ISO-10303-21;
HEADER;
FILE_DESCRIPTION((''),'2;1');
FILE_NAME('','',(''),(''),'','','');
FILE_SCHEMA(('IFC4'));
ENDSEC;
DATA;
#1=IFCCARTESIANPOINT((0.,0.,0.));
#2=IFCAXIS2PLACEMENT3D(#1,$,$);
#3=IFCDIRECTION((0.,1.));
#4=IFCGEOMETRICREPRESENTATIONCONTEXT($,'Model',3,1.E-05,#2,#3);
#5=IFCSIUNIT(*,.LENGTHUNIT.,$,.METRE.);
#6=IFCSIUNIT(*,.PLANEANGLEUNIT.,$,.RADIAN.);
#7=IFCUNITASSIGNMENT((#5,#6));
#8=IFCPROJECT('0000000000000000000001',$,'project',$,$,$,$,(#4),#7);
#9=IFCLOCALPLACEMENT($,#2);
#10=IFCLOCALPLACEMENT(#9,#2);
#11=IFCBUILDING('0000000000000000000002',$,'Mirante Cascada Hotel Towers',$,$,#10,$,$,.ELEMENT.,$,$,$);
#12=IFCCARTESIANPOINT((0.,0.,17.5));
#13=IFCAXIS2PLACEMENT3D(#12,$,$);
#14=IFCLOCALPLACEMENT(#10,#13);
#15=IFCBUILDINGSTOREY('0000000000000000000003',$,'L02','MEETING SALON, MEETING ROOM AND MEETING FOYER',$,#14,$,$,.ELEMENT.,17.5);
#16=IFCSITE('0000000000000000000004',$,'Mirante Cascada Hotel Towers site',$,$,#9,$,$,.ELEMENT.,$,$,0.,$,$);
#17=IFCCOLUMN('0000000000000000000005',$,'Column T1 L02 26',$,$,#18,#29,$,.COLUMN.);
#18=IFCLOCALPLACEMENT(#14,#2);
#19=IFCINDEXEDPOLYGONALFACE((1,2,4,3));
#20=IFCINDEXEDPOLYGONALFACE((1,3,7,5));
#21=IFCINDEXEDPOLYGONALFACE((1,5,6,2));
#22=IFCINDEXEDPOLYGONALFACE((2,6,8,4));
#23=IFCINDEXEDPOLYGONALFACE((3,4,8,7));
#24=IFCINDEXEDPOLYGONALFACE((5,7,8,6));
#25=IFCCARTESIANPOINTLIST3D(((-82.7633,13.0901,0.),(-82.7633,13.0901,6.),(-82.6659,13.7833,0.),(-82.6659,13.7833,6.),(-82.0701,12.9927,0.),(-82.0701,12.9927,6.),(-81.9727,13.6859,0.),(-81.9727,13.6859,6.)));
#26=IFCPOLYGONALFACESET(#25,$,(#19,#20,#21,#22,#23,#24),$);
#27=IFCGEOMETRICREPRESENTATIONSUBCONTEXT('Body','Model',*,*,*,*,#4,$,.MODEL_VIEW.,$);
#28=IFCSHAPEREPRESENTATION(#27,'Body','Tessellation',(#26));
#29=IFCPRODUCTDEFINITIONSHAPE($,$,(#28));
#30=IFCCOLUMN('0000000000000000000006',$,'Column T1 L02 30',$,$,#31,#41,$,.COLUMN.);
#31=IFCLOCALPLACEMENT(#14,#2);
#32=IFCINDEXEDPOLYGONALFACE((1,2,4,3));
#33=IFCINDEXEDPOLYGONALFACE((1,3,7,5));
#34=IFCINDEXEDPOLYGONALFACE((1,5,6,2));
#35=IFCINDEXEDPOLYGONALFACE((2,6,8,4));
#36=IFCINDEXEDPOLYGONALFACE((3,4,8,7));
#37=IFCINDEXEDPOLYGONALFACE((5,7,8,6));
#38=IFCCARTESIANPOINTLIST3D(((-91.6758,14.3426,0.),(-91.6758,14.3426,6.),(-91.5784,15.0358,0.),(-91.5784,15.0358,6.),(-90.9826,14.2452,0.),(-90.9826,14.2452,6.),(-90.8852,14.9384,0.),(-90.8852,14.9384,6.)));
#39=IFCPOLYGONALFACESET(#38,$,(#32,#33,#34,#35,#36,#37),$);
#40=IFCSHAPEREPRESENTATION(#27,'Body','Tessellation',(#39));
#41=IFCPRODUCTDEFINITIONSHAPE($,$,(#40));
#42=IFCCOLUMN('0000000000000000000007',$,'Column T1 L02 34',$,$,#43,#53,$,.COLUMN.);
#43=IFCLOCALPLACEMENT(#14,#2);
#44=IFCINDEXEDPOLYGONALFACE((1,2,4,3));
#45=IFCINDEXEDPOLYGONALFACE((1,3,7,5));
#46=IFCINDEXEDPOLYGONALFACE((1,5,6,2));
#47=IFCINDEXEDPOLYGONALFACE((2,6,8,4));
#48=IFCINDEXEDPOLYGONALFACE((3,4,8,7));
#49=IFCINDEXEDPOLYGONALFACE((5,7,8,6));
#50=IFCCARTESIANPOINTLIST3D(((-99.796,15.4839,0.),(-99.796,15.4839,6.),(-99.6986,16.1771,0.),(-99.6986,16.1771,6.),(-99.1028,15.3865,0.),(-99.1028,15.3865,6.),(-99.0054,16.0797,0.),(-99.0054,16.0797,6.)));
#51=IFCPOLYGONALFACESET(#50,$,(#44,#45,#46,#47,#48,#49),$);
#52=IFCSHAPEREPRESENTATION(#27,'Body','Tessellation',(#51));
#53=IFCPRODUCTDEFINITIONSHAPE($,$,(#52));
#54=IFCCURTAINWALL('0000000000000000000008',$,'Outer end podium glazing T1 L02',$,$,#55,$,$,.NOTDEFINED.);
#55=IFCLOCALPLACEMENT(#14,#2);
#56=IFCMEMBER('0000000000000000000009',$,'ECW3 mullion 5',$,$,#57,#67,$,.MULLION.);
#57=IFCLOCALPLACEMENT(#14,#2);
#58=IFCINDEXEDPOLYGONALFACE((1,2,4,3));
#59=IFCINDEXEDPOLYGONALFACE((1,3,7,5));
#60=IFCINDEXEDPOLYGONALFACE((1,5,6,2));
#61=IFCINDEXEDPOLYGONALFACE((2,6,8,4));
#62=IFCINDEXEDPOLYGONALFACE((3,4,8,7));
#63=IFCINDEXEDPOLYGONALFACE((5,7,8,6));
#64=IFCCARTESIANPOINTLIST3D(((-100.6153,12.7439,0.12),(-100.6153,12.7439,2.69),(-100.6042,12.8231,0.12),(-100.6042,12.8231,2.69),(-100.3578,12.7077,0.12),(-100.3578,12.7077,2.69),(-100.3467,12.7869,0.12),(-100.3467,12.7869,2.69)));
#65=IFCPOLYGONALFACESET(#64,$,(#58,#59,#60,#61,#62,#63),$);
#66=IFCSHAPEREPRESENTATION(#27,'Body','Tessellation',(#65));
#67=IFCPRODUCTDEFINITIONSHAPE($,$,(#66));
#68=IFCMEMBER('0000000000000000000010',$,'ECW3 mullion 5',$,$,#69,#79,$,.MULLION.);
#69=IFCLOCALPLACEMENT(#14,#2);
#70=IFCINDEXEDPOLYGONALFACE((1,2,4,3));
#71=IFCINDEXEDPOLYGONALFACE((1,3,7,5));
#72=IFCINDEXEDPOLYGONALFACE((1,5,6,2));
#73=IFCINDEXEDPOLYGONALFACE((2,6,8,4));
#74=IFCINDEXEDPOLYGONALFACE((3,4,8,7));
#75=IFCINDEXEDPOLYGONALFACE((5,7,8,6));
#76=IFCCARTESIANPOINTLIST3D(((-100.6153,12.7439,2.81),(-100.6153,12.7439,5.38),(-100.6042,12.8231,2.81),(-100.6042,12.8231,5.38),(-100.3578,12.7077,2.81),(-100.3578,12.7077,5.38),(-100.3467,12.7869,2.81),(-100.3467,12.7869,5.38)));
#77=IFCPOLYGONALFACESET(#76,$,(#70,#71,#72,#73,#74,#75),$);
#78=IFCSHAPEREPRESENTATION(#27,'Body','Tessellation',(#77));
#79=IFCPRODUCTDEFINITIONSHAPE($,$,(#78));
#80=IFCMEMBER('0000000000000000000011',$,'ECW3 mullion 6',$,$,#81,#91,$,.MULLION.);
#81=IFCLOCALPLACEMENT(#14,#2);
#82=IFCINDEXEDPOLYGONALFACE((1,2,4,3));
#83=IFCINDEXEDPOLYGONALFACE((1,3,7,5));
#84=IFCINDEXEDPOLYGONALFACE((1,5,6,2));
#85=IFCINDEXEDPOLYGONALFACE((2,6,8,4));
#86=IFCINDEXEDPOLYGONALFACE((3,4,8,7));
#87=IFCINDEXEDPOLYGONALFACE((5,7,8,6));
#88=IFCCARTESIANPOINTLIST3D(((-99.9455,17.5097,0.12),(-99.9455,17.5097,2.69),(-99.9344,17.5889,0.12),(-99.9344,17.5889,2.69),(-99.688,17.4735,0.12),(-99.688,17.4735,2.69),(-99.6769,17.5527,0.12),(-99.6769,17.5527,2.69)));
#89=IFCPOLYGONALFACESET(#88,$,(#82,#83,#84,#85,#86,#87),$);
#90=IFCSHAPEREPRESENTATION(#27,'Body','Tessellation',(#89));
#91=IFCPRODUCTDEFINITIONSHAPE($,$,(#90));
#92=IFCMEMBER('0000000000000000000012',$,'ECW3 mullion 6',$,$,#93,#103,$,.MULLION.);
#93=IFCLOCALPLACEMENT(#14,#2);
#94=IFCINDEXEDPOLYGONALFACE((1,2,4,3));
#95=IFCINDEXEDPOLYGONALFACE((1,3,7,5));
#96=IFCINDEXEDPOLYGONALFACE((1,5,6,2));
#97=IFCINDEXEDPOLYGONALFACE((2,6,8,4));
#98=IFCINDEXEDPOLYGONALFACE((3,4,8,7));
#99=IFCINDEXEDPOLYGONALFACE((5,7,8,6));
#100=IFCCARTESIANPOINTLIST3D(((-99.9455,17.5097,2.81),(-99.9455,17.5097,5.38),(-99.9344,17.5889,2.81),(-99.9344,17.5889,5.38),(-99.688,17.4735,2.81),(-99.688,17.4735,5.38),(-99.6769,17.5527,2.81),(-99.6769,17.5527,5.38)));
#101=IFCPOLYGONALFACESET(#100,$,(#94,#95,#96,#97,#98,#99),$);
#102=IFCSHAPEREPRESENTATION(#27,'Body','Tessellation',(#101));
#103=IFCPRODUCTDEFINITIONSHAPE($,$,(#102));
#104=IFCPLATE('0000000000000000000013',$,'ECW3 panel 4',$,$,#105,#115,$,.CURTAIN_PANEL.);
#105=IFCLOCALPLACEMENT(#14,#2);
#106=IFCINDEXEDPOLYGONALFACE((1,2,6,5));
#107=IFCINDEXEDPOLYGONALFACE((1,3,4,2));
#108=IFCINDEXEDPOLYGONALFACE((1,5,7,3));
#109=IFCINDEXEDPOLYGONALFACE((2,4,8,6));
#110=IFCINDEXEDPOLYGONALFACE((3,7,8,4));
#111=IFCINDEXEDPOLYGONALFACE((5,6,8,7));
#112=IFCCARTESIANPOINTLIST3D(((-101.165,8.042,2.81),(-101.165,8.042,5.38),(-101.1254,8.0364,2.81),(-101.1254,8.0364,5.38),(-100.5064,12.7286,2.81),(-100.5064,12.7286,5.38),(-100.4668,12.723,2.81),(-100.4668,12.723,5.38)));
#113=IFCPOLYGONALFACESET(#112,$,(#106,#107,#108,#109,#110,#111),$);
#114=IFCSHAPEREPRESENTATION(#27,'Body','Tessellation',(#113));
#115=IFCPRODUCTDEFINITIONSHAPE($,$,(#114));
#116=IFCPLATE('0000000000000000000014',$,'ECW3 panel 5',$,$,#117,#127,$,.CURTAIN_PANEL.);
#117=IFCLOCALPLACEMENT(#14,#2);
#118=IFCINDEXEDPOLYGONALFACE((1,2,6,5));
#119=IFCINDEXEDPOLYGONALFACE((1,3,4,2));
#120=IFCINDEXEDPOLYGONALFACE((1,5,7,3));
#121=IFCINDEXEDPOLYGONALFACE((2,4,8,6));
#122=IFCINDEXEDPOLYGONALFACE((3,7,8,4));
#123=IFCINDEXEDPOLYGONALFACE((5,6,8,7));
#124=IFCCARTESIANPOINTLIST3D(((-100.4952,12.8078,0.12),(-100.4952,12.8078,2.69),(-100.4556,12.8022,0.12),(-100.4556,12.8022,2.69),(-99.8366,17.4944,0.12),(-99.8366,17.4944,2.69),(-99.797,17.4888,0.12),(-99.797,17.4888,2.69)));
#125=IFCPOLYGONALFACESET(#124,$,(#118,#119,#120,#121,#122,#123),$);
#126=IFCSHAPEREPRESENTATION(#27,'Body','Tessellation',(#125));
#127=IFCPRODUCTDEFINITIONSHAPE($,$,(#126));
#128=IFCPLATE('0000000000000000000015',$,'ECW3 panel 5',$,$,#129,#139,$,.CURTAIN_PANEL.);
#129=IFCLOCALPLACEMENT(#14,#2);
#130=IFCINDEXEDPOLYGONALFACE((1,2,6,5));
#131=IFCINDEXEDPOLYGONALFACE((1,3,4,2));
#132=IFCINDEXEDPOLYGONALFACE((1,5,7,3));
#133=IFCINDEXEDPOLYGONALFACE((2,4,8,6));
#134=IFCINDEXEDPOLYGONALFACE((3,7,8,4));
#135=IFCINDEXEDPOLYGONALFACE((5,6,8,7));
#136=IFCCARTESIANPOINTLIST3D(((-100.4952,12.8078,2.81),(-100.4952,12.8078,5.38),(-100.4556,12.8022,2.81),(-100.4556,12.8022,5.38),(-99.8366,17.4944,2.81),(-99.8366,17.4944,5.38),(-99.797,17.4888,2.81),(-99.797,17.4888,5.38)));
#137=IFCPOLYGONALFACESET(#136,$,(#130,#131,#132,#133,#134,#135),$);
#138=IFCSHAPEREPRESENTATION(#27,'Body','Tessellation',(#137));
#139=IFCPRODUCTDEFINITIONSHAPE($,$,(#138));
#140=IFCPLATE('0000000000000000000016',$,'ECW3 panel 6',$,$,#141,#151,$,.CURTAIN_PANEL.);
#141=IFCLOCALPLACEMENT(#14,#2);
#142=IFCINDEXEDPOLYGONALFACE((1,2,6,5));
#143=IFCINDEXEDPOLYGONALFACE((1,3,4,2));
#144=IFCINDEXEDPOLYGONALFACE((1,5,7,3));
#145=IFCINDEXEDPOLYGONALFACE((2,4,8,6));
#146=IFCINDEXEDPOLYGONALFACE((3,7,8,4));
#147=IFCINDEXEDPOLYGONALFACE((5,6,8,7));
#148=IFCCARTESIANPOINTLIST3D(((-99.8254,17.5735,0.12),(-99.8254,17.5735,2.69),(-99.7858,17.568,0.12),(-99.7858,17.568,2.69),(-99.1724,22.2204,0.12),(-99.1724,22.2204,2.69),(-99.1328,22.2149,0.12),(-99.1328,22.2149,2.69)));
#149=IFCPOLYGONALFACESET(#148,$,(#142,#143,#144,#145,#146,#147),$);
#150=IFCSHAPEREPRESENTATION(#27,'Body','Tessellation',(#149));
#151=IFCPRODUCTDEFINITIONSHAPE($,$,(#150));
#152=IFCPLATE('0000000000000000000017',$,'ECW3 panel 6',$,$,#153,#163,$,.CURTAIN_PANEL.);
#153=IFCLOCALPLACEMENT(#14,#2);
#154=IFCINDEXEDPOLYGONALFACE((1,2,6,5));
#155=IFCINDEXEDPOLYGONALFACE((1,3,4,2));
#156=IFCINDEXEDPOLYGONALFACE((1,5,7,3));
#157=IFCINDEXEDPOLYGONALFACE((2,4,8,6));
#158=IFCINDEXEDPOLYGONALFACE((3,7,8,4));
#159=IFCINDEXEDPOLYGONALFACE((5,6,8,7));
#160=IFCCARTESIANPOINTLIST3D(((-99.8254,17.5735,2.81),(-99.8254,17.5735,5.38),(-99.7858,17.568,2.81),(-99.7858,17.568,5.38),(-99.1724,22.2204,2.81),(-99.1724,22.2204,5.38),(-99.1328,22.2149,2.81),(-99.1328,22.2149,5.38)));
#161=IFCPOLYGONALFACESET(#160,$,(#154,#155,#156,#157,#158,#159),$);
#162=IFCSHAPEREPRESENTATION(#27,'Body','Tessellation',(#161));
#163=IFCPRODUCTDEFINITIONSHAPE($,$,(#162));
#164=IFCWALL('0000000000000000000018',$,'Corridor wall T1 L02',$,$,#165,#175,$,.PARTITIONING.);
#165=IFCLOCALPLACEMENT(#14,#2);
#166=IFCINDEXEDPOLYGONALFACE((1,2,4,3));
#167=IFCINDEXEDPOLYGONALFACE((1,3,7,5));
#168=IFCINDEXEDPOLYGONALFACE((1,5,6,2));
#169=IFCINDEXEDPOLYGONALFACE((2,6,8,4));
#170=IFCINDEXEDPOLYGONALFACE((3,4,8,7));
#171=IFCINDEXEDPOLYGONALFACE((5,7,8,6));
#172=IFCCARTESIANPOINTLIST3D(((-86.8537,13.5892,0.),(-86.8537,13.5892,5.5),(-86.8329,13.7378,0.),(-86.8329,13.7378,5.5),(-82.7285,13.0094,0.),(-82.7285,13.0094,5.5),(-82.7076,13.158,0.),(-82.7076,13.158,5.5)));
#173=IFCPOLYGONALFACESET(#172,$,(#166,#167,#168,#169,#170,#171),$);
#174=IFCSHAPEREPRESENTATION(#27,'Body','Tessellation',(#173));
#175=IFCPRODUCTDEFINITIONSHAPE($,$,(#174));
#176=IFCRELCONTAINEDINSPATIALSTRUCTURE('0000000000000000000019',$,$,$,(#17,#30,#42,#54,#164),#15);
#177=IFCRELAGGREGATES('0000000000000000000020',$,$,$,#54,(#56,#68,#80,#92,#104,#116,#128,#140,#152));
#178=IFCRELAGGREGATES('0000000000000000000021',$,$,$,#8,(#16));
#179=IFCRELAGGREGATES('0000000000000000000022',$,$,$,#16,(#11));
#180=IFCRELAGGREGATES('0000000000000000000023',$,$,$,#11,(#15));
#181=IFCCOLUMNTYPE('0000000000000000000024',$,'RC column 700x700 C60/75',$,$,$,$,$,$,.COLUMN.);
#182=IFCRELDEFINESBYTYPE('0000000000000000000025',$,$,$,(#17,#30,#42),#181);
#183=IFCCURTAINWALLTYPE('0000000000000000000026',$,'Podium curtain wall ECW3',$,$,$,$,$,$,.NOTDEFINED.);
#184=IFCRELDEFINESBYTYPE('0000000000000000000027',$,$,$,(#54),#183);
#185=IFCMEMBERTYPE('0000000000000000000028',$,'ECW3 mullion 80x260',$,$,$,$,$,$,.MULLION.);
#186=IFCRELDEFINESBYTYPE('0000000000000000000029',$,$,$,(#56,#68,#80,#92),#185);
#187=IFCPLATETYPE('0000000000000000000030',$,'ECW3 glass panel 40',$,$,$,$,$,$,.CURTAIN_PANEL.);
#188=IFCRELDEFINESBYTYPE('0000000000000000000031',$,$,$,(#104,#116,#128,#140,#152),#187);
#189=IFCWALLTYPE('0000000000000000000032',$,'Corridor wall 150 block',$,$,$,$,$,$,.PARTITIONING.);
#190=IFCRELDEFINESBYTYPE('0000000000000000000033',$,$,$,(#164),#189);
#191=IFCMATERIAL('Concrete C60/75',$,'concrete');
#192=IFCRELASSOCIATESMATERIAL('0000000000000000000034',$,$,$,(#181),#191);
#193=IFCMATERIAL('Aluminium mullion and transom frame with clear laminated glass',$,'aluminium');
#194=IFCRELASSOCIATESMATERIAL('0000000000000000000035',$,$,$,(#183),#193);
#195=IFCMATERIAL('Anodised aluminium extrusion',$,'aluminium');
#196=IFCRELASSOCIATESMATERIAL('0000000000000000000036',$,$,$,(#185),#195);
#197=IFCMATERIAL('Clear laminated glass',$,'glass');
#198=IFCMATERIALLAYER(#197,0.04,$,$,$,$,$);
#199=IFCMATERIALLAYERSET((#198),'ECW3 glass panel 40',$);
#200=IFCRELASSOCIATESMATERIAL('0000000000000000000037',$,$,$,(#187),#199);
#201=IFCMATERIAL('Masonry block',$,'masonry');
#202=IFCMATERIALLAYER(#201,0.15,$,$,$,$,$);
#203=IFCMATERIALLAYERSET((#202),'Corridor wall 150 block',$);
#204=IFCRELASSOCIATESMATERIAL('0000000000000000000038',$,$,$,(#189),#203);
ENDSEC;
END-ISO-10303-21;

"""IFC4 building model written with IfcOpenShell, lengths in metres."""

from ifc_helpers import new_model, si_unit, direction, frame, frame_2d, origin, origin_2d, place, context, subcontext, project, spatial, rectangle, extrude, material, layer, layer_set, material_profile, profile_set, type_object, element, aggregate, save


model = new_model("IFC4")

# Units and contexts
model_context = context("Model", 3, precision=1e-05, world=origin(), true_north=direction((0.0, 1.0)))
body_context = subcontext(model_context, "Body", "Model", "MODEL_VIEW")
ifc_project = project(units=[si_unit("LENGTHUNIT", "METRE"), si_unit("PLANEANGLEUNIT", "RADIAN")], contexts=[model_context])

# Site, building, storey
site_placement = place(None, origin())
site = spatial("IfcSite", under=ifc_project, at=site_placement, Name="Mirante Cascada Hotel Towers site", CompositionType="ELEMENT", RefElevation=0.0)
building_placement = place(site_placement, origin())
building = spatial("IfcBuilding", under=site, at=building_placement, Name="Mirante Cascada Hotel Towers", CompositionType="ELEMENT")
storey_placement = place(building_placement, frame((0.0, 0.0, 17.5)))
storey = spatial("IfcBuildingStorey", under=building, at=storey_placement, Name="L02", Description="MEETING SALON, MEETING ROOM AND MEETING FOYER", CompositionType="ELEMENT", Elevation=17.5)

# Columns
ifc_material_1 = material(Name="Concrete C60/75", Category="concrete")
ifc_material_profile_1 = material_profile(ifc_material_1, rectangle(XDim=0.7, YDim=0.7, at=origin_2d()), Name="RC column 700x700 C60/75")
ifc_profile_set_1 = profile_set([ifc_material_profile_1], Name="Concrete C60/75")
column_type = type_object("IfcColumnType", Name="RC column 700x700 C60/75", PredefinedType="COLUMN", material=ifc_profile_set_1)
for number, where, z_axis, x_axis, name in (
    (1, (-82.368, 13.388, 0.0), (0.0, 0.0, 1.0), (-0.990268, 0.139173, 0.0), "Column T1 L02 26"),
    (2, (-91.2805, 14.6405, 0.0), (0.0, 0.0, 1.0), (-0.990268, 0.139173, 0.0), "Column T1 L02 30"),
    (3, (-99.4007, 15.7818, 0.0), (0.0, 0.0, 1.0), (-0.990268, 0.139173, 0.0), "Column T1 L02 34"),
):
    element("IfcColumn", number, at=place(storey_placement, frame(where, z_axis=z_axis, x_axis=x_axis)), inside=storey, type_object=column_type, Name=name, PredefinedType="COLUMN", context=body_context, shape_type="SweptSolid", body=[
        extrude(rectangle(XDim=0.7, YDim=0.7, at=origin_2d()), origin(), (0.0, 0.0, 1.0), 6.0),
    ])

# Curtain wall, members, plates
ifc_material_2 = material(Name="Aluminium mullion and transom frame with clear laminated glass", Category="aluminium")
curtain_wall_type = type_object("IfcCurtainWallType", Name="Podium curtain wall ECW3", PredefinedType="NOTDEFINED", material=ifc_material_2)
curtain_wall_placement = place(storey_placement, origin())
curtain_wall = element("IfcCurtainWall", 4, at=curtain_wall_placement, inside=storey, type_object=curtain_wall_type, Name="Outer end podium glazing T1 L02", PredefinedType="NOTDEFINED")
ifc_material_3 = material(Name="Anodised aluminium extrusion", Category="aluminium")
ifc_material_profile_2 = material_profile(ifc_material_3, rectangle(XDim=0.26, YDim=0.08, at=origin_2d()), Name="ECW3 MULLION 80x260")
ifc_profile_set_2 = profile_set([ifc_material_profile_2], Name="Anodised aluminium extrusion")
member_type = type_object("IfcMemberType", Name="ECW3 mullion 80x260", PredefinedType="MULLION", material=ifc_profile_set_2)
member_1_placement = place(storey_placement, frame((-100.481, 12.7654, 0.12), z_axis=(0.0, 0.0, 1.0), x_axis=(-0.990268, 0.139173, 0.0)))
member_1 = element("IfcMember", 5, at=member_1_placement, type_object=member_type, Name="ECW3 mullion 5", PredefinedType="MULLION", context=body_context, shape_type="SweptSolid", body=[
    extrude(rectangle(XDim=0.26, YDim=0.08, at=origin_2d()), origin(), (0.0, 0.0, 1.0), 2.57),
])
member_2_placement = place(storey_placement, frame((-100.481, 12.7654, 2.81), z_axis=(0.0, 0.0, 1.0), x_axis=(-0.990268, 0.139173, 0.0)))
member_2 = element("IfcMember", 6, at=member_2_placement, type_object=member_type, Name="ECW3 mullion 5", PredefinedType="MULLION", context=body_context, shape_type="SweptSolid", body=[
    extrude(rectangle(XDim=0.26, YDim=0.08, at=origin_2d()), origin(), (0.0, 0.0, 1.0), 2.57),
])
member_3_placement = place(storey_placement, frame((-99.8112, 17.5312, 0.12), z_axis=(0.0, 0.0, 1.0), x_axis=(-0.990268, 0.139173, 0.0)))
member_3 = element("IfcMember", 7, at=member_3_placement, type_object=member_type, Name="ECW3 mullion 6", PredefinedType="MULLION", context=body_context, shape_type="SweptSolid", body=[
    extrude(rectangle(XDim=0.26, YDim=0.08, at=origin_2d()), origin(), (0.0, 0.0, 1.0), 2.57),
])
member_4_placement = place(storey_placement, frame((-99.8112, 17.5312, 2.81), z_axis=(0.0, 0.0, 1.0), x_axis=(-0.990268, 0.139173, 0.0)))
member_4 = element("IfcMember", 8, at=member_4_placement, type_object=member_type, Name="ECW3 mullion 6", PredefinedType="MULLION", context=body_context, shape_type="SweptSolid", body=[
    extrude(rectangle(XDim=0.26, YDim=0.08, at=origin_2d()), origin(), (0.0, 0.0, 1.0), 2.57),
])
ifc_material_4 = material(Name="Clear laminated glass", Category="glass")
ifc_layer_1 = layer(ifc_material_4, 0.04)
ifc_layer_set_1 = layer_set([ifc_layer_1], Name="ECW3 glass panel 40")
plate_type = type_object("IfcPlateType", Name="ECW3 glass panel 40", PredefinedType="CURTAIN_PANEL", material=ifc_layer_set_1)
plate_1_placement = place(storey_placement, frame((-100.8159, 10.3825, 2.81), z_axis=(0.0, 0.0, 1.0), x_axis=(0.139173, 0.990268, 0.0)))
plate_1 = element("IfcPlate", 9, at=plate_1_placement, type_object=plate_type, Name="ECW3 panel 4", PredefinedType="CURTAIN_PANEL", context=body_context, shape_type="SweptSolid", body=[
    extrude(rectangle(XDim=4.7326, YDim=0.04, at=origin_2d()), origin(), (0.0, 0.0, 1.0), 2.57),
])
plate_2_placement = place(storey_placement, frame((-100.1461, 15.1483, 0.12), z_axis=(0.0, 0.0, 1.0), x_axis=(0.139173, 0.990268, 0.0)))
plate_2 = element("IfcPlate", 10, at=plate_2_placement, type_object=plate_type, Name="ECW3 panel 5", PredefinedType="CURTAIN_PANEL", context=body_context, shape_type="SweptSolid", body=[
    extrude(rectangle(XDim=4.7326, YDim=0.04, at=origin_2d()), origin(), (0.0, 0.0, 1.0), 2.57),
])
plate_3_placement = place(storey_placement, frame((-100.1461, 15.1483, 2.81), z_axis=(0.0, 0.0, 1.0), x_axis=(0.139173, 0.990268, 0.0)))
plate_3 = element("IfcPlate", 11, at=plate_3_placement, type_object=plate_type, Name="ECW3 panel 5", PredefinedType="CURTAIN_PANEL", context=body_context, shape_type="SweptSolid", body=[
    extrude(rectangle(XDim=4.7326, YDim=0.04, at=origin_2d()), origin(), (0.0, 0.0, 1.0), 2.57),
])
plate_4_placement = place(storey_placement, frame((-99.4791, 19.8942, 0.12), z_axis=(0.0, 0.0, 1.0), x_axis=(0.139173, 0.990268, 0.0)))
plate_4 = element("IfcPlate", 12, at=plate_4_placement, type_object=plate_type, Name="ECW3 panel 6", PredefinedType="CURTAIN_PANEL", context=body_context, shape_type="SweptSolid", body=[
    extrude(rectangle(XDim=4.6926, YDim=0.04, at=origin_2d()), origin(), (0.0, 0.0, 1.0), 2.57),
])
plate_5_placement = place(storey_placement, frame((-99.4791, 19.8942, 2.81), z_axis=(0.0, 0.0, 1.0), x_axis=(0.139173, 0.990268, 0.0)))
plate_5 = element("IfcPlate", 13, at=plate_5_placement, type_object=plate_type, Name="ECW3 panel 6", PredefinedType="CURTAIN_PANEL", context=body_context, shape_type="SweptSolid", body=[
    extrude(rectangle(XDim=4.6926, YDim=0.04, at=origin_2d()), origin(), (0.0, 0.0, 1.0), 2.57),
])
aggregate(curtain_wall, [member_1, member_2, member_3, member_4, plate_1, plate_2, plate_3, plate_4, plate_5])

# Wall
ifc_material_5 = material(Name="Masonry block", Category="masonry")
ifc_layer_2 = layer(ifc_material_5, 0.15)
ifc_layer_set_2 = layer_set([ifc_layer_2], Name="Corridor wall 150 block")
wall_type_1 = type_object("IfcWallType", Name="Corridor wall 150 block", PredefinedType="PARTITIONING", material=ifc_layer_set_2)
wall_1_placement = place(storey_placement, frame((-86.8433, 13.6635, 0.0), z_axis=(0.0, 0.0, 1.0), x_axis=(0.990267, -0.139179, 0.0)))
element("IfcWall", 14, at=wall_1_placement, inside=storey, type_object=wall_type_1, Name="Corridor wall T1 L02", PredefinedType="PARTITIONING", context=body_context, shape_type="SweptSolid", body=[
    extrude(rectangle(XDim=4.1658, YDim=0.15, at=frame_2d((2.0829, 0.0))), origin(), (0.0, 0.0, 1.0), 5.5),
])

save(model, "model.ifc")
